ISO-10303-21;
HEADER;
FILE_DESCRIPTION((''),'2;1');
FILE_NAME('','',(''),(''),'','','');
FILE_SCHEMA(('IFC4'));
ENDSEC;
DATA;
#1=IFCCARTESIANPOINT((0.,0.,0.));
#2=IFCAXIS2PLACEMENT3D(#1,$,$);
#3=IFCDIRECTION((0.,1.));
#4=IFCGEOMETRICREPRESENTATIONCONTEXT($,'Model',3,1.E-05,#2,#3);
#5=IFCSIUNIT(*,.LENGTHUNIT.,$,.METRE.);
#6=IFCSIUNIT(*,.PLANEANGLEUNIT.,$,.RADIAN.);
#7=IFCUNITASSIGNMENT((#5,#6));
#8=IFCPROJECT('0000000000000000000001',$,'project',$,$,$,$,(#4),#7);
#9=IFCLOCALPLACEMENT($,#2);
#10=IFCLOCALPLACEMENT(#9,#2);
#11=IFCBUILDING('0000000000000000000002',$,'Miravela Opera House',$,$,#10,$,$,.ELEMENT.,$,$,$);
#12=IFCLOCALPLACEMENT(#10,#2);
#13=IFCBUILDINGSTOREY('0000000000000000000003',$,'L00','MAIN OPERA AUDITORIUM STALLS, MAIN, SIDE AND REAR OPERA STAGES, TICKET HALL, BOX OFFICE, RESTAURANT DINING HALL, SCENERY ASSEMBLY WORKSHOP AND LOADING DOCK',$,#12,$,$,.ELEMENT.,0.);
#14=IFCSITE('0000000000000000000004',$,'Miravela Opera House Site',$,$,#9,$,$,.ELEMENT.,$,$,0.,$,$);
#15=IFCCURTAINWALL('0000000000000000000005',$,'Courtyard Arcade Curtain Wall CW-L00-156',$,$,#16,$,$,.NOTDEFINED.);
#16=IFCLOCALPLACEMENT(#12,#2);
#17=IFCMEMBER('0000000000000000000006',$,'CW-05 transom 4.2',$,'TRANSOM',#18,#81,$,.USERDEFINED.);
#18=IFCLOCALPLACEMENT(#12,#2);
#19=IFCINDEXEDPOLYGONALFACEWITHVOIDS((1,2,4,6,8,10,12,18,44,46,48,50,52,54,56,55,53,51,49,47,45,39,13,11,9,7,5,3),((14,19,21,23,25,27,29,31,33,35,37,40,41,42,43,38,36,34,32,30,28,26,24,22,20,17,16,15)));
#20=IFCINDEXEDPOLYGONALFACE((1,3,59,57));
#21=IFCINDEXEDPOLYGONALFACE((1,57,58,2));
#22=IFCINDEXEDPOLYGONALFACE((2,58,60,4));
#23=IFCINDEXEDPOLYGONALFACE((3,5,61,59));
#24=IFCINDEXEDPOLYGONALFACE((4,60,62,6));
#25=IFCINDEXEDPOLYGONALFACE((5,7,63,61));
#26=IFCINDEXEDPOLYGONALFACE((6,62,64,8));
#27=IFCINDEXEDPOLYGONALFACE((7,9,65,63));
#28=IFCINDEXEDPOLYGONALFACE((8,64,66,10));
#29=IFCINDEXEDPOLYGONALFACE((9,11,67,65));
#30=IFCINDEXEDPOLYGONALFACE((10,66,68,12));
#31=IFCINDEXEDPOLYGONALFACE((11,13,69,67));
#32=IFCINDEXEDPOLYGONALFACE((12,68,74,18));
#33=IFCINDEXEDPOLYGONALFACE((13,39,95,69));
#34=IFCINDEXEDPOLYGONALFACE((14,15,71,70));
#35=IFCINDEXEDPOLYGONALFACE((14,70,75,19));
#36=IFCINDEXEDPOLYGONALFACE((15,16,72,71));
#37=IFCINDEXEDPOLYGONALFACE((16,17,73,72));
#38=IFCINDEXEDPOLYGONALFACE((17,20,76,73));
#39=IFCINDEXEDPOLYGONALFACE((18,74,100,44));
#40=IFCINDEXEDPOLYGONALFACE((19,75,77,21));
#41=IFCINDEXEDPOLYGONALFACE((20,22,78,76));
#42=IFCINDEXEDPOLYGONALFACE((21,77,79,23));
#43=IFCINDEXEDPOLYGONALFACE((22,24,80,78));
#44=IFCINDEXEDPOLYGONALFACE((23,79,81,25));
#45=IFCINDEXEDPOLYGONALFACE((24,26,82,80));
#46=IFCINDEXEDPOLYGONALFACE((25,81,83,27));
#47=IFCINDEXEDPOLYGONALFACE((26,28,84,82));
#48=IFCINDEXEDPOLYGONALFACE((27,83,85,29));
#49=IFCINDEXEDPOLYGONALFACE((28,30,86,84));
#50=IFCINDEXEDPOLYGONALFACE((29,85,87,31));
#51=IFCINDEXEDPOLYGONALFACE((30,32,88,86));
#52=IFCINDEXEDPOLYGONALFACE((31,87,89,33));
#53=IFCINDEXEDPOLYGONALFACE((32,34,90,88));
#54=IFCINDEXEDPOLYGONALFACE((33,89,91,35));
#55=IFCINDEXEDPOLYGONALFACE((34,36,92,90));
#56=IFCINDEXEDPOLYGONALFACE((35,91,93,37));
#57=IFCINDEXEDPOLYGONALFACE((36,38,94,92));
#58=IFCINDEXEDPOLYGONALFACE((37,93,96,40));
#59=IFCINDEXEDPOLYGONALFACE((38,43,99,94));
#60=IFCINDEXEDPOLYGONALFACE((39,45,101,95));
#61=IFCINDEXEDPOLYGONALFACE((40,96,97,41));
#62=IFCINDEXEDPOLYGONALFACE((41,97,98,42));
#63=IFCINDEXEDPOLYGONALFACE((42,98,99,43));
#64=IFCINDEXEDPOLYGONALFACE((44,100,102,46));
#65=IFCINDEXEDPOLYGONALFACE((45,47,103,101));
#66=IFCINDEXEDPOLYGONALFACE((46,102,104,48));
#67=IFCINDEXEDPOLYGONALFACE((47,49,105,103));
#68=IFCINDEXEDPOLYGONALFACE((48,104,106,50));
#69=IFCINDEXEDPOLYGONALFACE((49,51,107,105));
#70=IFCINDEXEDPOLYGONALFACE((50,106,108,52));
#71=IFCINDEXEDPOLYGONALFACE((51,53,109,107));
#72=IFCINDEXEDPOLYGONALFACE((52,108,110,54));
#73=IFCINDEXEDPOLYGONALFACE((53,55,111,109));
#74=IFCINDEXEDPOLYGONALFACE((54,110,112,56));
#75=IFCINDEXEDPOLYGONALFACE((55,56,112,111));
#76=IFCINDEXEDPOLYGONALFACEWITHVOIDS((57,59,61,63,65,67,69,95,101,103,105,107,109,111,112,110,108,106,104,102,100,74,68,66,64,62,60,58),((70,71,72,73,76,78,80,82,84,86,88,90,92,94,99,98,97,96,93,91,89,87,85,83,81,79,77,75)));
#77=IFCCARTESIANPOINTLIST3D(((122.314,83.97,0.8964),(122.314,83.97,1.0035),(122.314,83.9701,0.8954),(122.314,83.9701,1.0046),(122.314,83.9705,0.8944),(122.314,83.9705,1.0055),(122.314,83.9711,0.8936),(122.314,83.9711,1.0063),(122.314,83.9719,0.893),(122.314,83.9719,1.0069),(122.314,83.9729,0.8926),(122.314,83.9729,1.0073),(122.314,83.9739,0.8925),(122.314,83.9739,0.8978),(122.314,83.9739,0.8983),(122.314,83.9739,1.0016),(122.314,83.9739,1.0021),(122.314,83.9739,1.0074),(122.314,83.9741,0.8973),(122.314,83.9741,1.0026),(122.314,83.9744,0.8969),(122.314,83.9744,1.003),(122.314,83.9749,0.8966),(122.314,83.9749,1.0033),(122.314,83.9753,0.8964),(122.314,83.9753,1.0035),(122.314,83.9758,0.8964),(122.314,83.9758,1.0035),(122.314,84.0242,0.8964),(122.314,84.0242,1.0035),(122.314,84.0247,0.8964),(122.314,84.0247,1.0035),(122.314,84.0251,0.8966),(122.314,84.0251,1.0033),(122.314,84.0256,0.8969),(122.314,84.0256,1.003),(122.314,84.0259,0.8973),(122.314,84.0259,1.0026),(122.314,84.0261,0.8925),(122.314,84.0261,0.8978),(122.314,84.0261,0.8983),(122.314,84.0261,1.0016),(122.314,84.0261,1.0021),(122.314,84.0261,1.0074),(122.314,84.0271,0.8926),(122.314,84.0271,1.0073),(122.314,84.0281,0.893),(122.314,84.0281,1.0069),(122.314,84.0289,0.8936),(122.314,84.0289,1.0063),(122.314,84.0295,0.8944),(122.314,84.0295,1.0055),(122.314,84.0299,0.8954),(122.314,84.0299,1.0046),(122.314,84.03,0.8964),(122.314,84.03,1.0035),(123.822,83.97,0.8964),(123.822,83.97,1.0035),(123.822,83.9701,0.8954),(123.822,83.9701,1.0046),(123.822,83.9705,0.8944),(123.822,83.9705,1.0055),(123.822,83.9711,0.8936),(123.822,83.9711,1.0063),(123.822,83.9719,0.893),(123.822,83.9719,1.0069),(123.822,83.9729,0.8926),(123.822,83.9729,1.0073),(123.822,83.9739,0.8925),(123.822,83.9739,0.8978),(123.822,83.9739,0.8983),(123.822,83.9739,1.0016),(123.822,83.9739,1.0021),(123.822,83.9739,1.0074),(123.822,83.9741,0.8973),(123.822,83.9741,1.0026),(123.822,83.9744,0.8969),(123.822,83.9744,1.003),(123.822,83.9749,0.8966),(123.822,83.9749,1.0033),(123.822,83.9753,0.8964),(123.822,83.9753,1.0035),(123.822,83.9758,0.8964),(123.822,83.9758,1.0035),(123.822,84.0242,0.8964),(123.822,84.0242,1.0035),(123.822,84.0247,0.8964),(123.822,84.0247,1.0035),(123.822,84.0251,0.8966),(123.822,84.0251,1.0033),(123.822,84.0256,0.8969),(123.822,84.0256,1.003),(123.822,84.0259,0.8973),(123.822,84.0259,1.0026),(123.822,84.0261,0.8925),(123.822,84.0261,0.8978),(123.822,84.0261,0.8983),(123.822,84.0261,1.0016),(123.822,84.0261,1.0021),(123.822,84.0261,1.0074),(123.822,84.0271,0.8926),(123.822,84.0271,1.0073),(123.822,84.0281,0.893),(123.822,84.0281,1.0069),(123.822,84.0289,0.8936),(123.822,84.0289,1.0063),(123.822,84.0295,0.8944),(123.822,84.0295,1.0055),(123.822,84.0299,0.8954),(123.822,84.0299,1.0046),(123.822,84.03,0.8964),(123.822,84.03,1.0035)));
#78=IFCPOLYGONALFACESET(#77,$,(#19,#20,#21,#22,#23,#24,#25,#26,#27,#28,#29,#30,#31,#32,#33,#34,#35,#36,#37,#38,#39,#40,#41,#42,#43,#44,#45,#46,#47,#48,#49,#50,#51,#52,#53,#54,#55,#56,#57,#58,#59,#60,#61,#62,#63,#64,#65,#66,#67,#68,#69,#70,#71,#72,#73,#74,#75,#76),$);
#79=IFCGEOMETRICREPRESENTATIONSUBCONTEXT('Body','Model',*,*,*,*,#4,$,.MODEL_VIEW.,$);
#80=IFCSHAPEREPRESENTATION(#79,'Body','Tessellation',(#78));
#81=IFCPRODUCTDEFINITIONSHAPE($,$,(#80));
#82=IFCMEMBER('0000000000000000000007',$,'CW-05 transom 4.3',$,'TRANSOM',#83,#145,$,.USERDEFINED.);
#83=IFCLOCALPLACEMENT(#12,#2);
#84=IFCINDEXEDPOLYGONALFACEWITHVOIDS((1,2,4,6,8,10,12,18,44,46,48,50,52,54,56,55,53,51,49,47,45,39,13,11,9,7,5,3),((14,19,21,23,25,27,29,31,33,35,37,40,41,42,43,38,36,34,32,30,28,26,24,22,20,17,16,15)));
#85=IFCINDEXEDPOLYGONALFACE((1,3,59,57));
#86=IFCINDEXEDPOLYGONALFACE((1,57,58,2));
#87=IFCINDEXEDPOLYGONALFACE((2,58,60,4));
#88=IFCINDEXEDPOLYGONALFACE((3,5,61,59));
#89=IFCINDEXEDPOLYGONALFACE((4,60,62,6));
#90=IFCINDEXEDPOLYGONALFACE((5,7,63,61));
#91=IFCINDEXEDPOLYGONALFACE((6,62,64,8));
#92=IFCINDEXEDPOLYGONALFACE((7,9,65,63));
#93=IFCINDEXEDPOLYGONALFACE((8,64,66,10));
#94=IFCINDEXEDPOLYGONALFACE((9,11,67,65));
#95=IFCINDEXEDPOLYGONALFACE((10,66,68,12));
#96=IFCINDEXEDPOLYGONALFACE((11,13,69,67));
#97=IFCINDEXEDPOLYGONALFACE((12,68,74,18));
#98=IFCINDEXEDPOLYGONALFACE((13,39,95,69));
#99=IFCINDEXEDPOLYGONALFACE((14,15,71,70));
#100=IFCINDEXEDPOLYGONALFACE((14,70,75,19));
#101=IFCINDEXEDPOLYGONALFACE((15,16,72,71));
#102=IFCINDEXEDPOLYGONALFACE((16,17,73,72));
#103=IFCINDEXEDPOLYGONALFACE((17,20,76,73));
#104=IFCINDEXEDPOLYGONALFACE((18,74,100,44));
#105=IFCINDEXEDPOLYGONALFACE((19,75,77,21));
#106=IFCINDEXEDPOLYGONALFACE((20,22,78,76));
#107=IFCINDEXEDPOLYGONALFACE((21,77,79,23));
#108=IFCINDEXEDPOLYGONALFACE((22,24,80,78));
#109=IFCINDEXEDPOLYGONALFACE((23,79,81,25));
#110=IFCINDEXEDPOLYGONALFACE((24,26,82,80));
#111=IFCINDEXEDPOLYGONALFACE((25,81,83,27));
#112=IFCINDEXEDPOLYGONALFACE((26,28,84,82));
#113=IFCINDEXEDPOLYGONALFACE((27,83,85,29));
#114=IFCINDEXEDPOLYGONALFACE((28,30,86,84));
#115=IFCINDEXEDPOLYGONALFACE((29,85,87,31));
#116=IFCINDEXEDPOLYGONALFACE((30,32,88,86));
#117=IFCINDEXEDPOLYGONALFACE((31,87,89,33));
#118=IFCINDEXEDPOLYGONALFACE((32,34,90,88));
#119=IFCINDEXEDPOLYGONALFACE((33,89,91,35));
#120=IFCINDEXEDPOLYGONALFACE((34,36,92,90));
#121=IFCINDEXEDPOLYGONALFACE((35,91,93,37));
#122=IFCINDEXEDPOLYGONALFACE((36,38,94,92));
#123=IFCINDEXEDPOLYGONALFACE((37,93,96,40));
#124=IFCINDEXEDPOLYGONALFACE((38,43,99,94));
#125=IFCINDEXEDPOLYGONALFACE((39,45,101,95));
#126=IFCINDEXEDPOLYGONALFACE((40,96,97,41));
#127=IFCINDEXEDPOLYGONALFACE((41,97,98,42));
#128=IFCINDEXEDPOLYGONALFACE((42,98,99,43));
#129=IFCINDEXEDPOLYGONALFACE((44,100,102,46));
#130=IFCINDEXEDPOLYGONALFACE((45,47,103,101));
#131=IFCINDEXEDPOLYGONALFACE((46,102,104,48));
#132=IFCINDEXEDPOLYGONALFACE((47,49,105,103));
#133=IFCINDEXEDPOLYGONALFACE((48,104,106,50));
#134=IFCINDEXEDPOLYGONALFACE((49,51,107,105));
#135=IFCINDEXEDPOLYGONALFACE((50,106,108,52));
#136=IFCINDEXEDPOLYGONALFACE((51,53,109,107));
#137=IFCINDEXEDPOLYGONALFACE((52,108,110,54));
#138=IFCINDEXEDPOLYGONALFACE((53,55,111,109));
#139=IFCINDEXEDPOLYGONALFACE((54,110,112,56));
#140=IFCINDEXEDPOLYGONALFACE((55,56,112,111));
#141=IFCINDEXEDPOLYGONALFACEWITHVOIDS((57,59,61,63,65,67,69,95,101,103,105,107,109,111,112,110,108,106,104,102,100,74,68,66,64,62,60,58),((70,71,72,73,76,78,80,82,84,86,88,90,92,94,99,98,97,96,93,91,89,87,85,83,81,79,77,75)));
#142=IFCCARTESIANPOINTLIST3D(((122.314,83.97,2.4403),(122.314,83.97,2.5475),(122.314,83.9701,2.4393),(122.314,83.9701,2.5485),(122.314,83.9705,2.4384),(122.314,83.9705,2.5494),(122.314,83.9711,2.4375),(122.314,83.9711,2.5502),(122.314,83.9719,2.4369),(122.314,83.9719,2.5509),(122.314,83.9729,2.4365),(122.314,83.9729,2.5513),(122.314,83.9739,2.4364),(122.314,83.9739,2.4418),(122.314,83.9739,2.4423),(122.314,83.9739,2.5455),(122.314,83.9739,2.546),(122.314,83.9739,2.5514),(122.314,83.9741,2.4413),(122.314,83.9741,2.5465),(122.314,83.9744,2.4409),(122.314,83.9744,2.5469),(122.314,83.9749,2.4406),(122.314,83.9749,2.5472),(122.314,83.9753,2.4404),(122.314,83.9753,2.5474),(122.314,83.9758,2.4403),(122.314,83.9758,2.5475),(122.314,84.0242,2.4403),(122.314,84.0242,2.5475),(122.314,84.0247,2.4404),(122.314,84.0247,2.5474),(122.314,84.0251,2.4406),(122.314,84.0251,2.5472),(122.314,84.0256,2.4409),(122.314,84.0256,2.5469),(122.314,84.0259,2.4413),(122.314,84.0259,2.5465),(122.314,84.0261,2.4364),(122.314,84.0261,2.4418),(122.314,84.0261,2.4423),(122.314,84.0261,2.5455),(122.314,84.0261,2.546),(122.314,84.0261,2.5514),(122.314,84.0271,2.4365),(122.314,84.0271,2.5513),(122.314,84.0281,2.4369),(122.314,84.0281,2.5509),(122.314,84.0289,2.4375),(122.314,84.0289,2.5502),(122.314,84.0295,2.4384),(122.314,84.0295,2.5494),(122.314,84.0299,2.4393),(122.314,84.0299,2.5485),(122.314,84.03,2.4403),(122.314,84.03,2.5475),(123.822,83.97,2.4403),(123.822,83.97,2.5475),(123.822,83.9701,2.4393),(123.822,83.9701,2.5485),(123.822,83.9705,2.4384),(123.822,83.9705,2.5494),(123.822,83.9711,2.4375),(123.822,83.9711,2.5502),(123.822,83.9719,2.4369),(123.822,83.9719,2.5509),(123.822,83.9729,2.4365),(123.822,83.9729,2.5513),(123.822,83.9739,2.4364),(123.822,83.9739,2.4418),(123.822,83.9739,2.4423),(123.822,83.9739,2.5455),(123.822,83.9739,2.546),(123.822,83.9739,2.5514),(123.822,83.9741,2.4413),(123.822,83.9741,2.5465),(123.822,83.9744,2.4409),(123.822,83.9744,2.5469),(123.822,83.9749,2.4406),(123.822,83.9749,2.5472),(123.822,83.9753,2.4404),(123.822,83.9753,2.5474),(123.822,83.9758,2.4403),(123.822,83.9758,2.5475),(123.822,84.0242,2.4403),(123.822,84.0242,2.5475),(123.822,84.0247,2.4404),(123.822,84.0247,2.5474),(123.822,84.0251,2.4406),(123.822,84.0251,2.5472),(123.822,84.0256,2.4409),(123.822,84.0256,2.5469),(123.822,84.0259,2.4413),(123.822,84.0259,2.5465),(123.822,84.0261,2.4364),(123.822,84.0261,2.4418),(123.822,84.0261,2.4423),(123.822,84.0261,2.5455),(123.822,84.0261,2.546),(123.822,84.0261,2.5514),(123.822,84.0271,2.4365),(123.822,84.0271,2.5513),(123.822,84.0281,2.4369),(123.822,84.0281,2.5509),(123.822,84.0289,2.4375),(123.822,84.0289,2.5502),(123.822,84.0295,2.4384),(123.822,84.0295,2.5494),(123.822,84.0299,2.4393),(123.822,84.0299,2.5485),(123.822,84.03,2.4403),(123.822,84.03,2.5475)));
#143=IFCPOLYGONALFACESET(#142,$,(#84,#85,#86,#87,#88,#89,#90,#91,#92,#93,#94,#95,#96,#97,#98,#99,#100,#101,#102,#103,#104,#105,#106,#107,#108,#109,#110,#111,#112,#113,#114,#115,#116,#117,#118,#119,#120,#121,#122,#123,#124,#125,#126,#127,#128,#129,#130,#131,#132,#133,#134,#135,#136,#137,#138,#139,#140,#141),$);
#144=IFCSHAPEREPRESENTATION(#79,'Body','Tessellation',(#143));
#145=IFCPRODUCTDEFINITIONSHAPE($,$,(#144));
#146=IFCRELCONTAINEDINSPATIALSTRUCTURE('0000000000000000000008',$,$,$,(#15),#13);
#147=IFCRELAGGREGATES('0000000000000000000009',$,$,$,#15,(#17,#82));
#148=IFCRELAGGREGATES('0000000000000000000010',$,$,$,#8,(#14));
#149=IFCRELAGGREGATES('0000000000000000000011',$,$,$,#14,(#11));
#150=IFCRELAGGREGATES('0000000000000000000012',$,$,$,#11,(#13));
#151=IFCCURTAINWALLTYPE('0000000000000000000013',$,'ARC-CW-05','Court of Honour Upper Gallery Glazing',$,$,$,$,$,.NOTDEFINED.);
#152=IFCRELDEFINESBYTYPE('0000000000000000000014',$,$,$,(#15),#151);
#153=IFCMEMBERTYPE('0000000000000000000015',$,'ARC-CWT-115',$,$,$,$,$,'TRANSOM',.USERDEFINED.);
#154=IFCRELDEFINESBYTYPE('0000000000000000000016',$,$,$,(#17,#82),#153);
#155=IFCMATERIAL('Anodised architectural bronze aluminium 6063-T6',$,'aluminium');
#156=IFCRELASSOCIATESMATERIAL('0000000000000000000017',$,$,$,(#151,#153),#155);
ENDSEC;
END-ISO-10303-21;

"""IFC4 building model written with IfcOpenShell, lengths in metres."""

from ifc_helpers import new_model, si_unit, direction, frame, origin, origin_2d, place, context, subcontext, project, spatial, hollow_rectangle, extrude, material, material_profile, profile_set, type_object, element, aggregate, save


model = new_model("IFC4")

# Units and contexts
model_context = context("Model", 3, precision=1e-05, world=origin(), true_north=direction((0.0, 1.0)))
body_context = subcontext(model_context, "Body", "Model", "MODEL_VIEW")
ifc_project = project(units=[si_unit("LENGTHUNIT", "METRE"), si_unit("PLANEANGLEUNIT", "RADIAN")], contexts=[model_context])

# Site, building, storey
site_placement = place(None, origin())
site = spatial("IfcSite", under=ifc_project, at=site_placement, Name="Miravela Opera House Site", CompositionType="ELEMENT", RefElevation=0.0)
building_placement = place(site_placement, origin())
building = spatial("IfcBuilding", under=site, at=building_placement, Name="Miravela Opera House", CompositionType="ELEMENT")
storey_placement = place(building_placement, origin())
storey = spatial("IfcBuildingStorey", under=building, at=storey_placement, Name="L00", Description="MAIN OPERA AUDITORIUM STALLS, MAIN, SIDE AND REAR OPERA STAGES, TICKET HALL, BOX OFFICE, RESTAURANT DINING HALL, SCENERY ASSEMBLY WORKSHOP AND LOADING DOCK", CompositionType="ELEMENT", Elevation=0.0)

# Curtain wall, members
ifc_material_1 = material(Name="Anodised architectural bronze aluminium 6063-T6", Category="aluminium")
curtain_wall_type = type_object("IfcCurtainWallType", Name="ARC-CW-05", Description="Court of Honour Upper Gallery Glazing", PredefinedType="NOTDEFINED", material=ifc_material_1)
curtain_wall_placement = place(storey_placement, origin())
curtain_wall = element("IfcCurtainWall", 1, at=curtain_wall_placement, inside=storey, type_object=curtain_wall_type, Name="Courtyard Arcade Curtain Wall CW-L00-156", PredefinedType="NOTDEFINED")
ifc_material_profile_1 = material_profile(ifc_material_1, hollow_rectangle(XDim=0.0601, YDim=0.115, WallThickness=0.0039, InnerFilletRadius=0.002, OuterFilletRadius=0.0039, at=origin_2d()), Name="CWT-60X115")
ifc_profile_set_1 = profile_set([ifc_material_profile_1])
member_type_1 = type_object("IfcMemberType", Name="ARC-CWT-115", ElementType="TRANSOM", PredefinedType="USERDEFINED", material=ifc_profile_set_1)
member_1_placement = place(storey_placement, frame((122.314, 84.0, 0.95), z_axis=(1.0, 0.0, 0.0), x_axis=(0.0, 1.0, 0.0)))
member_1 = element("IfcMember", 2, at=member_1_placement, type_object=member_type_1, Name="CW-05 transom 4.2", ObjectType="TRANSOM", PredefinedType="USERDEFINED", context=body_context, shape_type="SweptSolid", body=[
    extrude(hollow_rectangle(XDim=0.0601, YDim=0.115, WallThickness=0.0039, InnerFilletRadius=0.002, OuterFilletRadius=0.0039, at=origin_2d()), origin(), (0.0, 0.0, 1.0), 1.5081),
])
member_2_placement = place(storey_placement, frame((122.314, 84.0, 2.4939), z_axis=(1.0, 0.0, 0.0), x_axis=(0.0, 1.0, 0.0)))
member_2 = element("IfcMember", 3, at=member_2_placement, type_object=member_type_1, Name="CW-05 transom 4.3", ObjectType="TRANSOM", PredefinedType="USERDEFINED", context=body_context, shape_type="SweptSolid", body=[
    extrude(hollow_rectangle(XDim=0.0601, YDim=0.115, WallThickness=0.0039, InnerFilletRadius=0.002, OuterFilletRadius=0.0039, at=origin_2d()), origin(), (0.0, 0.0, 1.0), 1.5081),
])
aggregate(curtain_wall, [member_1, member_2])

save(model, "model.ifc")
